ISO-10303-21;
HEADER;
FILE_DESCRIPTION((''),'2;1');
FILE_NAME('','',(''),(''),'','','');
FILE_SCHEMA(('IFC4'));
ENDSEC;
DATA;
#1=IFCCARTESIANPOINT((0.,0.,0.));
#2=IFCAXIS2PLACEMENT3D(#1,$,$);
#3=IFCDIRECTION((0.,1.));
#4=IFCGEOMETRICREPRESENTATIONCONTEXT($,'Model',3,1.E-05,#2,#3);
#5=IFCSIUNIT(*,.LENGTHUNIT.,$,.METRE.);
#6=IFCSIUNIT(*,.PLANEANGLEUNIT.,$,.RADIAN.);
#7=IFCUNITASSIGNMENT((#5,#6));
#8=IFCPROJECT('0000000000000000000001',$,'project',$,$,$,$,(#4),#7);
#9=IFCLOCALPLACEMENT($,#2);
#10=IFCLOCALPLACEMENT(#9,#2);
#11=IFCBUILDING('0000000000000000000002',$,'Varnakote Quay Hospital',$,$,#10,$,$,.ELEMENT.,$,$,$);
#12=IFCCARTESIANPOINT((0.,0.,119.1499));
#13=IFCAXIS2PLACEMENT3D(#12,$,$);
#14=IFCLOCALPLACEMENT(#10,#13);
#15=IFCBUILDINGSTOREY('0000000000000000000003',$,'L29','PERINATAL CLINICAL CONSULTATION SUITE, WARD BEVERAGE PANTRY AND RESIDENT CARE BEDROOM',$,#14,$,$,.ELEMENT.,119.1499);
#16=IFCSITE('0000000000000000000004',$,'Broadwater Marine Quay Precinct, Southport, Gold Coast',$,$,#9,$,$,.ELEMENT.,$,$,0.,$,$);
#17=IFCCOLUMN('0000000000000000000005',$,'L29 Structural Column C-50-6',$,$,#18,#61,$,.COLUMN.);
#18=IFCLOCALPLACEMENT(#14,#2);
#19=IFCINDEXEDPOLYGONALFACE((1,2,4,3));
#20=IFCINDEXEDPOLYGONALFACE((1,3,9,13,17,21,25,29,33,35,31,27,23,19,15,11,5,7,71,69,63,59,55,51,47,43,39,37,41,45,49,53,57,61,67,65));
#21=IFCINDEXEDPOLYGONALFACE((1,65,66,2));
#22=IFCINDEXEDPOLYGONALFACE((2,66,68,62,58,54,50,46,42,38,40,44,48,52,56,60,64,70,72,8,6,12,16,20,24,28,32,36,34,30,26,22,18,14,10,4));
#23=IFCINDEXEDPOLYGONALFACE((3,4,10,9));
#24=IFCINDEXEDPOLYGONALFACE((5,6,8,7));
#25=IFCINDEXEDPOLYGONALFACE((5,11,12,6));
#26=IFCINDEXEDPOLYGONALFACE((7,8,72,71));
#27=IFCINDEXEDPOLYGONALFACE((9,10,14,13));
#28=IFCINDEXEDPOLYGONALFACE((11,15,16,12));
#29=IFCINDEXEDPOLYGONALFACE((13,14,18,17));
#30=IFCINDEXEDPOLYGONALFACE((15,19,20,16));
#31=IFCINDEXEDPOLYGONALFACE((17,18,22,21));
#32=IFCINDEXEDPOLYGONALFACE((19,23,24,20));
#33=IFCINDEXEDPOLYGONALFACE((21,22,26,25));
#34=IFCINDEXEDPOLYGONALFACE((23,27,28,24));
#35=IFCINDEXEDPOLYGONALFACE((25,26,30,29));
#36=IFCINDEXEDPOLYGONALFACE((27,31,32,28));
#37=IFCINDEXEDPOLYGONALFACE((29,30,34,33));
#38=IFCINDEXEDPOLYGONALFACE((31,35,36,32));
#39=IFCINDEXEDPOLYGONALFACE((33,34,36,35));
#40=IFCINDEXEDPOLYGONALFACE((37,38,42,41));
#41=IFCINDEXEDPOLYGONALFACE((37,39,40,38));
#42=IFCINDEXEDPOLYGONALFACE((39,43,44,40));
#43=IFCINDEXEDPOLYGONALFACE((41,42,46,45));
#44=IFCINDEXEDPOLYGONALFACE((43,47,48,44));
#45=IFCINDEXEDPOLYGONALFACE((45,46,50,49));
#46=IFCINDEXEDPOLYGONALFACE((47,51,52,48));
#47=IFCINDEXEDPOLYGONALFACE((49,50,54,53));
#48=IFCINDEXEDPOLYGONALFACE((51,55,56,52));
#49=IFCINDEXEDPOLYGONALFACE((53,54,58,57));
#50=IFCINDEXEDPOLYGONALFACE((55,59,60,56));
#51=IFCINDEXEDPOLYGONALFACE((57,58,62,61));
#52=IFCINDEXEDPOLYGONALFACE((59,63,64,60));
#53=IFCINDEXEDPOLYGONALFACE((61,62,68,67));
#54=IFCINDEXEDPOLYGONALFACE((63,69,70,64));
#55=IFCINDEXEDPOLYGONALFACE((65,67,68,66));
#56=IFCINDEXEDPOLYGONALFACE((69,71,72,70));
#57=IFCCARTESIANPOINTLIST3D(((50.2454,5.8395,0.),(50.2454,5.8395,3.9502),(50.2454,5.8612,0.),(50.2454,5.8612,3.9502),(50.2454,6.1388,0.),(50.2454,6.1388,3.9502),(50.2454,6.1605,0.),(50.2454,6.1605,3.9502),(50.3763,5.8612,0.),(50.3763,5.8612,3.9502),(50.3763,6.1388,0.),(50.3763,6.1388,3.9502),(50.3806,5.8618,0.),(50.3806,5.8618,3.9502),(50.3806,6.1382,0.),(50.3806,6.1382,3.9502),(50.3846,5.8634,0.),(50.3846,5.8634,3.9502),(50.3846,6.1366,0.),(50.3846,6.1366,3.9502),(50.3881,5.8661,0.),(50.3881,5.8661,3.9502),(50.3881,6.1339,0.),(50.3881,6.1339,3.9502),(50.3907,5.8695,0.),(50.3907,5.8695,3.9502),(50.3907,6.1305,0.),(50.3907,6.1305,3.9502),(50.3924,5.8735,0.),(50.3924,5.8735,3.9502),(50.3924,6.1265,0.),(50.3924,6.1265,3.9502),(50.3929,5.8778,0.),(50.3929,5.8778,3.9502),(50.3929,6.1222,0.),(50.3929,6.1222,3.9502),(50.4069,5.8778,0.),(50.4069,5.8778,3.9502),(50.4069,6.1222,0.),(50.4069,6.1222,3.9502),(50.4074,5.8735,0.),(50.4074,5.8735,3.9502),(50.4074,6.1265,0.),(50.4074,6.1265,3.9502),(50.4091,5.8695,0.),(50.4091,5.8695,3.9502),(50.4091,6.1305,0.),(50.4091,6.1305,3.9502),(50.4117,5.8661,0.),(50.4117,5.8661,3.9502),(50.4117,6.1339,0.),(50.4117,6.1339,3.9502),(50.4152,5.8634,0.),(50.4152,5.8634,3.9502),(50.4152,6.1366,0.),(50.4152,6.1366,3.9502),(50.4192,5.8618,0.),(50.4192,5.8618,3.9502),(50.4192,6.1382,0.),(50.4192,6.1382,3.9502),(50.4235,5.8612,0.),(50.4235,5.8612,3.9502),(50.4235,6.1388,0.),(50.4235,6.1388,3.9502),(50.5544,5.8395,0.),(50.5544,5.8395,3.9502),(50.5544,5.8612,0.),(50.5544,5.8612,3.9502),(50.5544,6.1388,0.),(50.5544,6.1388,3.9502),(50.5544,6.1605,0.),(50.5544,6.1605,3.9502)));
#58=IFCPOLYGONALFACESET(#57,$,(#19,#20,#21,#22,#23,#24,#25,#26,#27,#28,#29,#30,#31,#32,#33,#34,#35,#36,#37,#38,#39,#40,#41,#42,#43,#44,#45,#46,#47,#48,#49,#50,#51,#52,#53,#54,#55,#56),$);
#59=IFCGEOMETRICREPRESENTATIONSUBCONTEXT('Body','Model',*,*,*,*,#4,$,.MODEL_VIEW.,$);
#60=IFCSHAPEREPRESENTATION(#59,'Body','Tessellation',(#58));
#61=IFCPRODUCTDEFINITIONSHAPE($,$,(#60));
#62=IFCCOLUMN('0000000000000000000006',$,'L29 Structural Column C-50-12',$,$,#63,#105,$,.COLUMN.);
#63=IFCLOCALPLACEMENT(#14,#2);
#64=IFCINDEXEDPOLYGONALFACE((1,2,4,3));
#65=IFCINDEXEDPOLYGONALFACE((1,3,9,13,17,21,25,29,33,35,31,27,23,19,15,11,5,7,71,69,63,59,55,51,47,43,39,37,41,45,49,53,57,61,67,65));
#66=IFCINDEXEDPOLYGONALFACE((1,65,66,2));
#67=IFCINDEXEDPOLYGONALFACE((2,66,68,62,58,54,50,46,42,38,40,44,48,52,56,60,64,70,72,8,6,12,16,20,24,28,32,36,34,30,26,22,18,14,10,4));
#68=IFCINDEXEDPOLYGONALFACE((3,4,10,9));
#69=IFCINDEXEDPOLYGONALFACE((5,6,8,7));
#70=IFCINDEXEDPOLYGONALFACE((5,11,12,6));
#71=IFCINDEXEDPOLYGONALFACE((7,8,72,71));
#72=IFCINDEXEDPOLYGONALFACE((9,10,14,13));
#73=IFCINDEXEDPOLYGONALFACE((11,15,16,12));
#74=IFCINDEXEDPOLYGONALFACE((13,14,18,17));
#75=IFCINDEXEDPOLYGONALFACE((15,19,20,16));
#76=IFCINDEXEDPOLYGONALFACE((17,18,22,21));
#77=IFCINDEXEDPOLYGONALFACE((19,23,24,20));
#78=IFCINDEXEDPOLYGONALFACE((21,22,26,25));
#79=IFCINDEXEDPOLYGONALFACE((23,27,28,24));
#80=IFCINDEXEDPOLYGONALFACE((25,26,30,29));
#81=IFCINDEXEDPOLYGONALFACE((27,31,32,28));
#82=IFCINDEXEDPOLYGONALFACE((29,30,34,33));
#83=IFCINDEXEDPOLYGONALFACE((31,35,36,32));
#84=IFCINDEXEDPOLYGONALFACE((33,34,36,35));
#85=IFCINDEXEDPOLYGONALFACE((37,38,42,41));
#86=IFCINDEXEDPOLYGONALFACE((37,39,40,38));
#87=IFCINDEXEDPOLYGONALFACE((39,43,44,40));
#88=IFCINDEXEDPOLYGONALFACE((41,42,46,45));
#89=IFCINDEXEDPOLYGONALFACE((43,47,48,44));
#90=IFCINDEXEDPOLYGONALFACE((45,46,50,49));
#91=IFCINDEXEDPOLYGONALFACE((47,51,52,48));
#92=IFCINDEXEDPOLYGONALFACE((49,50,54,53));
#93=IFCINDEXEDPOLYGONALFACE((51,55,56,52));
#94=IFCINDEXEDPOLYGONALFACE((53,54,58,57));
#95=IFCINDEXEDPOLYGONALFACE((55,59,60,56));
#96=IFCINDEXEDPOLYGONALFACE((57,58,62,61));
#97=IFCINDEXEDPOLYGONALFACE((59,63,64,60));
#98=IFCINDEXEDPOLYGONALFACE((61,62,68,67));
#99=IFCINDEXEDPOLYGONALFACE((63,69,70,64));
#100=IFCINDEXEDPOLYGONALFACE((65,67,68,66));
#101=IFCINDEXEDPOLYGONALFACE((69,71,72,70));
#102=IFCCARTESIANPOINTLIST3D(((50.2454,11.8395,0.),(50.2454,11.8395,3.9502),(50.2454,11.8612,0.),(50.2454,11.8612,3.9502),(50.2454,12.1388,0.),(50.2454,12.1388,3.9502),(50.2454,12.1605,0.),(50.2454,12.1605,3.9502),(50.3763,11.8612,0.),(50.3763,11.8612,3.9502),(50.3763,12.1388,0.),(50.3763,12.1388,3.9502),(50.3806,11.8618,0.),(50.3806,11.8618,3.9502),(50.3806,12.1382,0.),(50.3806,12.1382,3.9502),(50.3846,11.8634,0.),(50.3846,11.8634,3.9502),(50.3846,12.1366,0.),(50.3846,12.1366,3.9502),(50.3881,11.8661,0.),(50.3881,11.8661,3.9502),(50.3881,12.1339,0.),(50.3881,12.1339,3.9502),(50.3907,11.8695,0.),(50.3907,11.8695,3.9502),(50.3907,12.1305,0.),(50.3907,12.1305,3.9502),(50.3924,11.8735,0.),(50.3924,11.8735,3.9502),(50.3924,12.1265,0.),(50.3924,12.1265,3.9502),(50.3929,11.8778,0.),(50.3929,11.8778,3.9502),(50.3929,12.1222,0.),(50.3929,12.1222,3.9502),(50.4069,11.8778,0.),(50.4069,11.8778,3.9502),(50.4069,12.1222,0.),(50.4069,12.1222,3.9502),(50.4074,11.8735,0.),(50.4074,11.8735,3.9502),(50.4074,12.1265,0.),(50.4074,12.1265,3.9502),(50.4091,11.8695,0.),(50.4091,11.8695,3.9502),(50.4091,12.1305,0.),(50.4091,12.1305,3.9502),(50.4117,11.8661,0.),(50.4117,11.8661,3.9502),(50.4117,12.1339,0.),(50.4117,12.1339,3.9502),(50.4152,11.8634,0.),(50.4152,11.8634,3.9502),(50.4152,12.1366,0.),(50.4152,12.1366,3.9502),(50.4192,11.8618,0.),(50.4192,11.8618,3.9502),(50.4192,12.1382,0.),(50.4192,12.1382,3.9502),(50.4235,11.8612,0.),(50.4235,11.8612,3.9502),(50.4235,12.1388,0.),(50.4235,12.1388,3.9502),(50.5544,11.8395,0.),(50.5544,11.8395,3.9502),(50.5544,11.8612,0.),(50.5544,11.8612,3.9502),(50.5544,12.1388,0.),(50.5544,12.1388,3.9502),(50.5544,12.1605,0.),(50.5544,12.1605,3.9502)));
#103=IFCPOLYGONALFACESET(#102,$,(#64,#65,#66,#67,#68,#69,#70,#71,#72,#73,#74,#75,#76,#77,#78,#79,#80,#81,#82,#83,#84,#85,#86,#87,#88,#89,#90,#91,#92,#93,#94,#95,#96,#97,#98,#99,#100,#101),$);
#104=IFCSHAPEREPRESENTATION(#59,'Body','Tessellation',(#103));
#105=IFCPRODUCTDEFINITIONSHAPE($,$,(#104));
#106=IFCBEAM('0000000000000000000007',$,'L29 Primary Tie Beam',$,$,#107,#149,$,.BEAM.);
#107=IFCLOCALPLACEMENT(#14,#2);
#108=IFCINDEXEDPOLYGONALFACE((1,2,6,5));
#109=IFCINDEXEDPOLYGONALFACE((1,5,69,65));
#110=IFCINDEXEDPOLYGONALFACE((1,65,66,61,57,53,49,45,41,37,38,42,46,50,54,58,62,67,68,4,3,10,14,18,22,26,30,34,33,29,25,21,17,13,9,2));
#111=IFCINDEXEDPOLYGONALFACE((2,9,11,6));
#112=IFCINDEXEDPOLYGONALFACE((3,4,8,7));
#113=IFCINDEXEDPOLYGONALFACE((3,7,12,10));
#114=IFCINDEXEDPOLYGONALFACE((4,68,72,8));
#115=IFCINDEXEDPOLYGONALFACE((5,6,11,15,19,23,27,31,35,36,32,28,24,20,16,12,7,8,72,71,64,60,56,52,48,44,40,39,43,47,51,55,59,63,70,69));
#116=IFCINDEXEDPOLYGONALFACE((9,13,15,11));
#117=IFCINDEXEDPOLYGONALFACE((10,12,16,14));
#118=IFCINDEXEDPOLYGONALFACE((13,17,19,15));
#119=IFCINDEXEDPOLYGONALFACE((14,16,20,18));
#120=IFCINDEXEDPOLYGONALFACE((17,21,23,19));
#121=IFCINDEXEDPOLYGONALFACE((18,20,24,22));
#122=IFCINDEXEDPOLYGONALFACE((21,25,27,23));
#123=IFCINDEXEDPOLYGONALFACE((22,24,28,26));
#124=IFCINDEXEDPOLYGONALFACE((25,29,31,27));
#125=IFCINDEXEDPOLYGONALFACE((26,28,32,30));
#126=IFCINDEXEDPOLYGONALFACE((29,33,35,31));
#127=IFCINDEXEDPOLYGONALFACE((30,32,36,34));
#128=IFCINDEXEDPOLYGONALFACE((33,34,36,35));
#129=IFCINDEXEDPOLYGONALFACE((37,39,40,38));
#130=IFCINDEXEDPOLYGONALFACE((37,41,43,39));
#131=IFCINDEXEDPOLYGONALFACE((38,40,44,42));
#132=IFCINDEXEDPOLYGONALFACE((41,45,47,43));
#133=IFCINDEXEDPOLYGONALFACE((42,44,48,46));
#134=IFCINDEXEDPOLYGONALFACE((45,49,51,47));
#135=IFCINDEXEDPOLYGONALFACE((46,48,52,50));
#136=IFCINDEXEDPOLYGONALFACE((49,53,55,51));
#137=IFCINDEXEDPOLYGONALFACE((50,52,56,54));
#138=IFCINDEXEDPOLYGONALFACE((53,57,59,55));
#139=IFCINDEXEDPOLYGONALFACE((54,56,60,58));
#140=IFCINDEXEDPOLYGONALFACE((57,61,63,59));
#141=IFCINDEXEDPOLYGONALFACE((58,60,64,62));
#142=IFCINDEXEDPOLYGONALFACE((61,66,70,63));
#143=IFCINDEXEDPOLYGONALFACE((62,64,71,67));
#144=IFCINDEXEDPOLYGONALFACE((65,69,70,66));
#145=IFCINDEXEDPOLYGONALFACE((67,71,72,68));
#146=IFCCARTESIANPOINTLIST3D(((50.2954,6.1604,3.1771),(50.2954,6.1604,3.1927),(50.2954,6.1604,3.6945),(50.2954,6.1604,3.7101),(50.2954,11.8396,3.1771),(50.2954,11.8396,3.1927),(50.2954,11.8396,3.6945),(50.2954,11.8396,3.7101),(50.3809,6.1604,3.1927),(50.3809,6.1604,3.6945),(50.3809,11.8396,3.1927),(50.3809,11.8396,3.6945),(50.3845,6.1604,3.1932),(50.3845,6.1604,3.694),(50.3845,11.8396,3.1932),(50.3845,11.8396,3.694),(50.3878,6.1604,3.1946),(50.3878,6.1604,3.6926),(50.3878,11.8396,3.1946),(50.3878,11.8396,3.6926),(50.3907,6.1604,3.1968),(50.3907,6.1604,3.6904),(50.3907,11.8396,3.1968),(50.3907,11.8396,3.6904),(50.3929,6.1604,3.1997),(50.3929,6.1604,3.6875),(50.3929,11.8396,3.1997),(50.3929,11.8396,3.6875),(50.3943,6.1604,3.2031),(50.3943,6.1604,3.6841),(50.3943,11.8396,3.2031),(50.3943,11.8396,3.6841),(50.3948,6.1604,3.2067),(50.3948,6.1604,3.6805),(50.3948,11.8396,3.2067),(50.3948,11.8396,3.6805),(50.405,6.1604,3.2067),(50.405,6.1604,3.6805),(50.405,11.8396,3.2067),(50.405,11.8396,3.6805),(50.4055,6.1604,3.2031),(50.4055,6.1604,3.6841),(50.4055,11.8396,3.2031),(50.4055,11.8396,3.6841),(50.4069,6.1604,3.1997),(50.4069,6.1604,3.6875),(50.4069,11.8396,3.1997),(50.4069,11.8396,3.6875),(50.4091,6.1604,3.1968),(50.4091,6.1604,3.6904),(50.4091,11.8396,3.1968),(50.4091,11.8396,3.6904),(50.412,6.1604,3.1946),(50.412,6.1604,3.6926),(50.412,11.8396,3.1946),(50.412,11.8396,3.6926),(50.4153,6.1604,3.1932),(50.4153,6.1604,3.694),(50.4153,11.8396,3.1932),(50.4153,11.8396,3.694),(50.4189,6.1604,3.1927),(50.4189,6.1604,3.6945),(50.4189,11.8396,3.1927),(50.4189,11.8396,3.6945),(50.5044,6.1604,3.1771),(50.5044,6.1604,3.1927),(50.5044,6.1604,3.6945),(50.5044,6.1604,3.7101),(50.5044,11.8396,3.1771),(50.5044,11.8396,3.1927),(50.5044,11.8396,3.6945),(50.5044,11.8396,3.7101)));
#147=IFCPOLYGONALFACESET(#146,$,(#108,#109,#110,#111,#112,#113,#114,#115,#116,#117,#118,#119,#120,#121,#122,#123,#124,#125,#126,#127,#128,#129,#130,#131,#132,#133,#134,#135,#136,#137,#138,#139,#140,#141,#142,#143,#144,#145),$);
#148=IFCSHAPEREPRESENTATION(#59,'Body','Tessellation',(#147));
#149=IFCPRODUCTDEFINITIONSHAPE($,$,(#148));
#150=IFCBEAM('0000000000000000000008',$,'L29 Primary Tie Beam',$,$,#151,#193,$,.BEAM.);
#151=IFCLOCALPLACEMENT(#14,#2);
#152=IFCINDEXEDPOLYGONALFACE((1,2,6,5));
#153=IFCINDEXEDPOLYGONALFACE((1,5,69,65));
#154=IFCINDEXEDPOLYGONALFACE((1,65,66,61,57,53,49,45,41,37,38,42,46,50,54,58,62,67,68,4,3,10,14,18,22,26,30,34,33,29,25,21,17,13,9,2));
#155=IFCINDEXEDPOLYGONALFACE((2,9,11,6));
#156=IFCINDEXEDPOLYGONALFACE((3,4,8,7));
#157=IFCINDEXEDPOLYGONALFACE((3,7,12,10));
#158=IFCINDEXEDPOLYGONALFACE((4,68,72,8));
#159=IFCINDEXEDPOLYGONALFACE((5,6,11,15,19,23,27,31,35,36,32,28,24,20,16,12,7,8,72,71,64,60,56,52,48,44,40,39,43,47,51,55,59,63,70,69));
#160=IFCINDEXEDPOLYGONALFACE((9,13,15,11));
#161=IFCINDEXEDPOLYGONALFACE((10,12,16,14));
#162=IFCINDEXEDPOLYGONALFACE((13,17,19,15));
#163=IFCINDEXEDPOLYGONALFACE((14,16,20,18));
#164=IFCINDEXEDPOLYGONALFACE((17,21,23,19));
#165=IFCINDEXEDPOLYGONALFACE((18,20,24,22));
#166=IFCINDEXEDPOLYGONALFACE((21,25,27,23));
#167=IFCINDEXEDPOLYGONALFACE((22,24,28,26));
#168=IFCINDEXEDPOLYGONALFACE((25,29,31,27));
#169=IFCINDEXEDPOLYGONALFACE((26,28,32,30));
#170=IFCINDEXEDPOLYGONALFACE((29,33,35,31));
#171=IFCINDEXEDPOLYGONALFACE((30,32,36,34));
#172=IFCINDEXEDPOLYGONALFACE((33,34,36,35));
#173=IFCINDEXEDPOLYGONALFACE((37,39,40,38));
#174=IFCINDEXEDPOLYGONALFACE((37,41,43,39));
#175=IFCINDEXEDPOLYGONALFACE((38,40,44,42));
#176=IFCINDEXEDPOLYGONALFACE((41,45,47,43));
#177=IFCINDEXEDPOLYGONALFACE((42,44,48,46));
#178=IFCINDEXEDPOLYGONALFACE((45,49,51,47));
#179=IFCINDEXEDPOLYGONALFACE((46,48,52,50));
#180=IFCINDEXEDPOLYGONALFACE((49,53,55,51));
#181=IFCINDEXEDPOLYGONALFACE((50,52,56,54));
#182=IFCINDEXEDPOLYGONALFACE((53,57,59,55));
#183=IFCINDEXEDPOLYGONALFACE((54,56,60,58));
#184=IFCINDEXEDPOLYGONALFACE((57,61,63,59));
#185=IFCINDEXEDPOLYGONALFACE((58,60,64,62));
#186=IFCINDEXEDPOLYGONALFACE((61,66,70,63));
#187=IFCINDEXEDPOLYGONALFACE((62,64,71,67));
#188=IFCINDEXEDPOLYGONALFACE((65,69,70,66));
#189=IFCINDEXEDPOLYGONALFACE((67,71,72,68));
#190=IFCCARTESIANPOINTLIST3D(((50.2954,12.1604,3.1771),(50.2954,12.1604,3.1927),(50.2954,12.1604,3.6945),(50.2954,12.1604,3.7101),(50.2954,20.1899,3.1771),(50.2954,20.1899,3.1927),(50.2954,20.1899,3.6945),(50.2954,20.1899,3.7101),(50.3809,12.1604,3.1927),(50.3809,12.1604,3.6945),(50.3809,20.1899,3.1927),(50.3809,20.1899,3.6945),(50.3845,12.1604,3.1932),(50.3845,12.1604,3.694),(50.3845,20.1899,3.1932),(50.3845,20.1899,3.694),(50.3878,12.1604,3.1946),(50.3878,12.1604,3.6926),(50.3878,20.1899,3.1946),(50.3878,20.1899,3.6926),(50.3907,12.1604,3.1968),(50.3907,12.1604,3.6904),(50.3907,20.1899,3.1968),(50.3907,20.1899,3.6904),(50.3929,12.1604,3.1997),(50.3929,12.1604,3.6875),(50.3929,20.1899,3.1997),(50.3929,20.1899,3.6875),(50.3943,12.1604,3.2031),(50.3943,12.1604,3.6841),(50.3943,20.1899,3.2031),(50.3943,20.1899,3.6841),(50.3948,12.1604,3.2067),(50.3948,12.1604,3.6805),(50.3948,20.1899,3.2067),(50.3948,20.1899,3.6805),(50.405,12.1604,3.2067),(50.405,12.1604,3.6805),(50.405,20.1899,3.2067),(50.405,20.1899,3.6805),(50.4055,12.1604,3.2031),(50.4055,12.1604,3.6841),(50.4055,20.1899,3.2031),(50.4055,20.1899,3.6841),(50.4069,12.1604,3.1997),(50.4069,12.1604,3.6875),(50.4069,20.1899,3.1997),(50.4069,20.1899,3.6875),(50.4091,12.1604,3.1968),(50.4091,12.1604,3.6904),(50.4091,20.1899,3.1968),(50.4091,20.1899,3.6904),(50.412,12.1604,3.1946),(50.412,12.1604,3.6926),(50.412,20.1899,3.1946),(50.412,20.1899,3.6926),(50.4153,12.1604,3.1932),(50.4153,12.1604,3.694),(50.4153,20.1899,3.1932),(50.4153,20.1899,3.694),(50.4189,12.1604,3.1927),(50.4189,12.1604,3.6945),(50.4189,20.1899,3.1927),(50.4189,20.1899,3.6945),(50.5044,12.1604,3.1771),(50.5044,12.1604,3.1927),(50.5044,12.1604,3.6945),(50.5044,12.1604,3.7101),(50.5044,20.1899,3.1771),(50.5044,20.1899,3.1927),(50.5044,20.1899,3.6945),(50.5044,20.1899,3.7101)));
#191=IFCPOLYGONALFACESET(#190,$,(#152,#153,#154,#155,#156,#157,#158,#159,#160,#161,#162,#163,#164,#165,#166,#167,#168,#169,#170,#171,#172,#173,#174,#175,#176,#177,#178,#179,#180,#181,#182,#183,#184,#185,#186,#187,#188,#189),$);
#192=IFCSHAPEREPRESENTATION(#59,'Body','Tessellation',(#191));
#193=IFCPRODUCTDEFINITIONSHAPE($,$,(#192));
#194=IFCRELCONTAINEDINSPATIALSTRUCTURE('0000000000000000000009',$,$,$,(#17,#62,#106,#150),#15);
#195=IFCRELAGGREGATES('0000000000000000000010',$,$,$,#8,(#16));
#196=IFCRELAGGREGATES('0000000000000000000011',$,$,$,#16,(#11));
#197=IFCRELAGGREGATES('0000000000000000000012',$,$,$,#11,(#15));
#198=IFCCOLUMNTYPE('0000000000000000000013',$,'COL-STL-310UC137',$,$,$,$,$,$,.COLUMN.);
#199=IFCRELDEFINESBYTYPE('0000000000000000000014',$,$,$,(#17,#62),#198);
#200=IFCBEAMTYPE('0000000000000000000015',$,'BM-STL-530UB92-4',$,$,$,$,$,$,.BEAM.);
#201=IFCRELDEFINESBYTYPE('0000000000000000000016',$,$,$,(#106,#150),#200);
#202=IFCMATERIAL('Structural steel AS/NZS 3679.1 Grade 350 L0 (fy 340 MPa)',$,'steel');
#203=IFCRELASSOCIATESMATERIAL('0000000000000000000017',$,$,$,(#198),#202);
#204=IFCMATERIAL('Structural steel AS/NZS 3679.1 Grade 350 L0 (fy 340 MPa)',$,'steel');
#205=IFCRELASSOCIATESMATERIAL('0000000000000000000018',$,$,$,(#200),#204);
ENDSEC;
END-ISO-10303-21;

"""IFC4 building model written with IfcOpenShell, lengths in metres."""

from ifc_helpers import new_model, si_unit, direction, frame, origin, origin_2d, place, context, subcontext, project, spatial, i_section, extrude, material, material_profile, profile_set, type_object, element, save


model = new_model("IFC4")

# Units and contexts
model_context = context("Model", 3, precision=1e-05, world=origin(), true_north=direction((0.0, 1.0)))
body_context = subcontext(model_context, "Body", "Model", "MODEL_VIEW")
ifc_project = project(units=[si_unit("LENGTHUNIT", "METRE"), si_unit("PLANEANGLEUNIT", "RADIAN")], contexts=[model_context])

# Site, building, storey
site_placement = place(None, origin())
site = spatial("IfcSite", under=ifc_project, at=site_placement, Name="Broadwater Marine Quay Precinct, Southport, Gold Coast", CompositionType="ELEMENT", RefElevation=0.0)
building_placement = place(site_placement, origin())
building = spatial("IfcBuilding", under=site, at=building_placement, Name="Varnakote Quay Hospital", CompositionType="ELEMENT")
storey_placement = place(building_placement, frame((0.0, 0.0, 119.1499)))
storey = spatial("IfcBuildingStorey", under=building, at=storey_placement, Name="L29", Description="PERINATAL CLINICAL CONSULTATION SUITE, WARD BEVERAGE PANTRY AND RESIDENT CARE BEDROOM", CompositionType="ELEMENT", Elevation=119.1499)

# Columns
ifc_material_1 = material(Name="Structural steel AS/NZS 3679.1 Grade 350 L0 (fy 340 MPa)", Category="steel")
ifc_material_profile_1 = material_profile(ifc_material_1, i_section(OverallWidth=0.3091, OverallDepth=0.321, WebThickness=0.0139, FlangeThickness=0.0217, FilletRadius=0.0166, at=origin_2d()), Name="310UC137")
ifc_profile_set_1 = profile_set([ifc_material_profile_1], Name="Structural steel AS/NZS 3679.1 Grade 350 L0 (fy 340 MPa)")
column_type = type_object("IfcColumnType", Name="COL-STL-310UC137", PredefinedType="COLUMN", material=ifc_profile_set_1)
for number, where, z_axis, x_axis, name in (
    (1, (50.3999, 6.0, 0.0), (0.0, 0.0, 1.0), (1.0, 0.0, 0.0), "L29 Structural Column C-50-6"),
    (2, (50.3999, 12.0, 0.0), (0.0, 0.0, 1.0), (1.0, 0.0, 0.0), "L29 Structural Column C-50-12"),
):
    element("IfcColumn", number, at=place(storey_placement, frame(where, z_axis=z_axis, x_axis=x_axis)), inside=storey, type_object=column_type, Name=name, PredefinedType="COLUMN", context=body_context, shape_type="SweptSolid", body=[
        extrude(i_section(OverallWidth=0.3091, OverallDepth=0.321, WebThickness=0.0139, FlangeThickness=0.0217, FilletRadius=0.0166, at=origin_2d()), origin(), (0.0, 0.0, 1.0), 3.9502),
    ])

# Beams
ifc_material_2 = material(Name="Structural steel AS/NZS 3679.1 Grade 350 L0 (fy 340 MPa)", Category="steel")
ifc_material_profile_2 = material_profile(ifc_material_2, i_section(OverallWidth=0.209, OverallDepth=0.533, WebThickness=0.0103, FlangeThickness=0.0156, FilletRadius=0.0139, at=origin_2d()), Name="530UB92.4")
ifc_profile_set_2 = profile_set([ifc_material_profile_2], Name="Structural steel AS/NZS 3679.1 Grade 350 L0 (fy 340 MPa)")
beam_type = type_object("IfcBeamType", Name="BM-STL-530UB92-4", PredefinedType="BEAM", material=ifc_profile_set_2)
beam_1_placement = place(storey_placement, frame((50.3999, 6.1604, 3.4436), z_axis=(0.0, 1.0, 0.0), x_axis=(-1.0, 0.0, 0.0)))
element("IfcBeam", 3, at=beam_1_placement, inside=storey, type_object=beam_type, Name="L29 Primary Tie Beam", PredefinedType="BEAM", context=body_context, shape_type="SweptSolid", body=[
    extrude(i_section(OverallWidth=0.209, OverallDepth=0.533, WebThickness=0.0103, FlangeThickness=0.0156, FilletRadius=0.0139, at=origin_2d()), origin(), (0.0, 0.0, 1.0), 5.6792),
])
beam_2_placement = place(storey_placement, frame((50.3999, 12.1604, 3.4436), z_axis=(0.0, 1.0, 0.0), x_axis=(-1.0, 0.0, 0.0)))
element("IfcBeam", 4, at=beam_2_placement, inside=storey, type_object=beam_type, Name="L29 Primary Tie Beam", PredefinedType="BEAM", context=body_context, shape_type="SweptSolid", body=[
    extrude(i_section(OverallWidth=0.209, OverallDepth=0.533, WebThickness=0.0103, FlangeThickness=0.0156, FilletRadius=0.0139, at=origin_2d()), origin(), (0.0, 0.0, 1.0), 8.0295),
])

save(model, "model.ifc")
